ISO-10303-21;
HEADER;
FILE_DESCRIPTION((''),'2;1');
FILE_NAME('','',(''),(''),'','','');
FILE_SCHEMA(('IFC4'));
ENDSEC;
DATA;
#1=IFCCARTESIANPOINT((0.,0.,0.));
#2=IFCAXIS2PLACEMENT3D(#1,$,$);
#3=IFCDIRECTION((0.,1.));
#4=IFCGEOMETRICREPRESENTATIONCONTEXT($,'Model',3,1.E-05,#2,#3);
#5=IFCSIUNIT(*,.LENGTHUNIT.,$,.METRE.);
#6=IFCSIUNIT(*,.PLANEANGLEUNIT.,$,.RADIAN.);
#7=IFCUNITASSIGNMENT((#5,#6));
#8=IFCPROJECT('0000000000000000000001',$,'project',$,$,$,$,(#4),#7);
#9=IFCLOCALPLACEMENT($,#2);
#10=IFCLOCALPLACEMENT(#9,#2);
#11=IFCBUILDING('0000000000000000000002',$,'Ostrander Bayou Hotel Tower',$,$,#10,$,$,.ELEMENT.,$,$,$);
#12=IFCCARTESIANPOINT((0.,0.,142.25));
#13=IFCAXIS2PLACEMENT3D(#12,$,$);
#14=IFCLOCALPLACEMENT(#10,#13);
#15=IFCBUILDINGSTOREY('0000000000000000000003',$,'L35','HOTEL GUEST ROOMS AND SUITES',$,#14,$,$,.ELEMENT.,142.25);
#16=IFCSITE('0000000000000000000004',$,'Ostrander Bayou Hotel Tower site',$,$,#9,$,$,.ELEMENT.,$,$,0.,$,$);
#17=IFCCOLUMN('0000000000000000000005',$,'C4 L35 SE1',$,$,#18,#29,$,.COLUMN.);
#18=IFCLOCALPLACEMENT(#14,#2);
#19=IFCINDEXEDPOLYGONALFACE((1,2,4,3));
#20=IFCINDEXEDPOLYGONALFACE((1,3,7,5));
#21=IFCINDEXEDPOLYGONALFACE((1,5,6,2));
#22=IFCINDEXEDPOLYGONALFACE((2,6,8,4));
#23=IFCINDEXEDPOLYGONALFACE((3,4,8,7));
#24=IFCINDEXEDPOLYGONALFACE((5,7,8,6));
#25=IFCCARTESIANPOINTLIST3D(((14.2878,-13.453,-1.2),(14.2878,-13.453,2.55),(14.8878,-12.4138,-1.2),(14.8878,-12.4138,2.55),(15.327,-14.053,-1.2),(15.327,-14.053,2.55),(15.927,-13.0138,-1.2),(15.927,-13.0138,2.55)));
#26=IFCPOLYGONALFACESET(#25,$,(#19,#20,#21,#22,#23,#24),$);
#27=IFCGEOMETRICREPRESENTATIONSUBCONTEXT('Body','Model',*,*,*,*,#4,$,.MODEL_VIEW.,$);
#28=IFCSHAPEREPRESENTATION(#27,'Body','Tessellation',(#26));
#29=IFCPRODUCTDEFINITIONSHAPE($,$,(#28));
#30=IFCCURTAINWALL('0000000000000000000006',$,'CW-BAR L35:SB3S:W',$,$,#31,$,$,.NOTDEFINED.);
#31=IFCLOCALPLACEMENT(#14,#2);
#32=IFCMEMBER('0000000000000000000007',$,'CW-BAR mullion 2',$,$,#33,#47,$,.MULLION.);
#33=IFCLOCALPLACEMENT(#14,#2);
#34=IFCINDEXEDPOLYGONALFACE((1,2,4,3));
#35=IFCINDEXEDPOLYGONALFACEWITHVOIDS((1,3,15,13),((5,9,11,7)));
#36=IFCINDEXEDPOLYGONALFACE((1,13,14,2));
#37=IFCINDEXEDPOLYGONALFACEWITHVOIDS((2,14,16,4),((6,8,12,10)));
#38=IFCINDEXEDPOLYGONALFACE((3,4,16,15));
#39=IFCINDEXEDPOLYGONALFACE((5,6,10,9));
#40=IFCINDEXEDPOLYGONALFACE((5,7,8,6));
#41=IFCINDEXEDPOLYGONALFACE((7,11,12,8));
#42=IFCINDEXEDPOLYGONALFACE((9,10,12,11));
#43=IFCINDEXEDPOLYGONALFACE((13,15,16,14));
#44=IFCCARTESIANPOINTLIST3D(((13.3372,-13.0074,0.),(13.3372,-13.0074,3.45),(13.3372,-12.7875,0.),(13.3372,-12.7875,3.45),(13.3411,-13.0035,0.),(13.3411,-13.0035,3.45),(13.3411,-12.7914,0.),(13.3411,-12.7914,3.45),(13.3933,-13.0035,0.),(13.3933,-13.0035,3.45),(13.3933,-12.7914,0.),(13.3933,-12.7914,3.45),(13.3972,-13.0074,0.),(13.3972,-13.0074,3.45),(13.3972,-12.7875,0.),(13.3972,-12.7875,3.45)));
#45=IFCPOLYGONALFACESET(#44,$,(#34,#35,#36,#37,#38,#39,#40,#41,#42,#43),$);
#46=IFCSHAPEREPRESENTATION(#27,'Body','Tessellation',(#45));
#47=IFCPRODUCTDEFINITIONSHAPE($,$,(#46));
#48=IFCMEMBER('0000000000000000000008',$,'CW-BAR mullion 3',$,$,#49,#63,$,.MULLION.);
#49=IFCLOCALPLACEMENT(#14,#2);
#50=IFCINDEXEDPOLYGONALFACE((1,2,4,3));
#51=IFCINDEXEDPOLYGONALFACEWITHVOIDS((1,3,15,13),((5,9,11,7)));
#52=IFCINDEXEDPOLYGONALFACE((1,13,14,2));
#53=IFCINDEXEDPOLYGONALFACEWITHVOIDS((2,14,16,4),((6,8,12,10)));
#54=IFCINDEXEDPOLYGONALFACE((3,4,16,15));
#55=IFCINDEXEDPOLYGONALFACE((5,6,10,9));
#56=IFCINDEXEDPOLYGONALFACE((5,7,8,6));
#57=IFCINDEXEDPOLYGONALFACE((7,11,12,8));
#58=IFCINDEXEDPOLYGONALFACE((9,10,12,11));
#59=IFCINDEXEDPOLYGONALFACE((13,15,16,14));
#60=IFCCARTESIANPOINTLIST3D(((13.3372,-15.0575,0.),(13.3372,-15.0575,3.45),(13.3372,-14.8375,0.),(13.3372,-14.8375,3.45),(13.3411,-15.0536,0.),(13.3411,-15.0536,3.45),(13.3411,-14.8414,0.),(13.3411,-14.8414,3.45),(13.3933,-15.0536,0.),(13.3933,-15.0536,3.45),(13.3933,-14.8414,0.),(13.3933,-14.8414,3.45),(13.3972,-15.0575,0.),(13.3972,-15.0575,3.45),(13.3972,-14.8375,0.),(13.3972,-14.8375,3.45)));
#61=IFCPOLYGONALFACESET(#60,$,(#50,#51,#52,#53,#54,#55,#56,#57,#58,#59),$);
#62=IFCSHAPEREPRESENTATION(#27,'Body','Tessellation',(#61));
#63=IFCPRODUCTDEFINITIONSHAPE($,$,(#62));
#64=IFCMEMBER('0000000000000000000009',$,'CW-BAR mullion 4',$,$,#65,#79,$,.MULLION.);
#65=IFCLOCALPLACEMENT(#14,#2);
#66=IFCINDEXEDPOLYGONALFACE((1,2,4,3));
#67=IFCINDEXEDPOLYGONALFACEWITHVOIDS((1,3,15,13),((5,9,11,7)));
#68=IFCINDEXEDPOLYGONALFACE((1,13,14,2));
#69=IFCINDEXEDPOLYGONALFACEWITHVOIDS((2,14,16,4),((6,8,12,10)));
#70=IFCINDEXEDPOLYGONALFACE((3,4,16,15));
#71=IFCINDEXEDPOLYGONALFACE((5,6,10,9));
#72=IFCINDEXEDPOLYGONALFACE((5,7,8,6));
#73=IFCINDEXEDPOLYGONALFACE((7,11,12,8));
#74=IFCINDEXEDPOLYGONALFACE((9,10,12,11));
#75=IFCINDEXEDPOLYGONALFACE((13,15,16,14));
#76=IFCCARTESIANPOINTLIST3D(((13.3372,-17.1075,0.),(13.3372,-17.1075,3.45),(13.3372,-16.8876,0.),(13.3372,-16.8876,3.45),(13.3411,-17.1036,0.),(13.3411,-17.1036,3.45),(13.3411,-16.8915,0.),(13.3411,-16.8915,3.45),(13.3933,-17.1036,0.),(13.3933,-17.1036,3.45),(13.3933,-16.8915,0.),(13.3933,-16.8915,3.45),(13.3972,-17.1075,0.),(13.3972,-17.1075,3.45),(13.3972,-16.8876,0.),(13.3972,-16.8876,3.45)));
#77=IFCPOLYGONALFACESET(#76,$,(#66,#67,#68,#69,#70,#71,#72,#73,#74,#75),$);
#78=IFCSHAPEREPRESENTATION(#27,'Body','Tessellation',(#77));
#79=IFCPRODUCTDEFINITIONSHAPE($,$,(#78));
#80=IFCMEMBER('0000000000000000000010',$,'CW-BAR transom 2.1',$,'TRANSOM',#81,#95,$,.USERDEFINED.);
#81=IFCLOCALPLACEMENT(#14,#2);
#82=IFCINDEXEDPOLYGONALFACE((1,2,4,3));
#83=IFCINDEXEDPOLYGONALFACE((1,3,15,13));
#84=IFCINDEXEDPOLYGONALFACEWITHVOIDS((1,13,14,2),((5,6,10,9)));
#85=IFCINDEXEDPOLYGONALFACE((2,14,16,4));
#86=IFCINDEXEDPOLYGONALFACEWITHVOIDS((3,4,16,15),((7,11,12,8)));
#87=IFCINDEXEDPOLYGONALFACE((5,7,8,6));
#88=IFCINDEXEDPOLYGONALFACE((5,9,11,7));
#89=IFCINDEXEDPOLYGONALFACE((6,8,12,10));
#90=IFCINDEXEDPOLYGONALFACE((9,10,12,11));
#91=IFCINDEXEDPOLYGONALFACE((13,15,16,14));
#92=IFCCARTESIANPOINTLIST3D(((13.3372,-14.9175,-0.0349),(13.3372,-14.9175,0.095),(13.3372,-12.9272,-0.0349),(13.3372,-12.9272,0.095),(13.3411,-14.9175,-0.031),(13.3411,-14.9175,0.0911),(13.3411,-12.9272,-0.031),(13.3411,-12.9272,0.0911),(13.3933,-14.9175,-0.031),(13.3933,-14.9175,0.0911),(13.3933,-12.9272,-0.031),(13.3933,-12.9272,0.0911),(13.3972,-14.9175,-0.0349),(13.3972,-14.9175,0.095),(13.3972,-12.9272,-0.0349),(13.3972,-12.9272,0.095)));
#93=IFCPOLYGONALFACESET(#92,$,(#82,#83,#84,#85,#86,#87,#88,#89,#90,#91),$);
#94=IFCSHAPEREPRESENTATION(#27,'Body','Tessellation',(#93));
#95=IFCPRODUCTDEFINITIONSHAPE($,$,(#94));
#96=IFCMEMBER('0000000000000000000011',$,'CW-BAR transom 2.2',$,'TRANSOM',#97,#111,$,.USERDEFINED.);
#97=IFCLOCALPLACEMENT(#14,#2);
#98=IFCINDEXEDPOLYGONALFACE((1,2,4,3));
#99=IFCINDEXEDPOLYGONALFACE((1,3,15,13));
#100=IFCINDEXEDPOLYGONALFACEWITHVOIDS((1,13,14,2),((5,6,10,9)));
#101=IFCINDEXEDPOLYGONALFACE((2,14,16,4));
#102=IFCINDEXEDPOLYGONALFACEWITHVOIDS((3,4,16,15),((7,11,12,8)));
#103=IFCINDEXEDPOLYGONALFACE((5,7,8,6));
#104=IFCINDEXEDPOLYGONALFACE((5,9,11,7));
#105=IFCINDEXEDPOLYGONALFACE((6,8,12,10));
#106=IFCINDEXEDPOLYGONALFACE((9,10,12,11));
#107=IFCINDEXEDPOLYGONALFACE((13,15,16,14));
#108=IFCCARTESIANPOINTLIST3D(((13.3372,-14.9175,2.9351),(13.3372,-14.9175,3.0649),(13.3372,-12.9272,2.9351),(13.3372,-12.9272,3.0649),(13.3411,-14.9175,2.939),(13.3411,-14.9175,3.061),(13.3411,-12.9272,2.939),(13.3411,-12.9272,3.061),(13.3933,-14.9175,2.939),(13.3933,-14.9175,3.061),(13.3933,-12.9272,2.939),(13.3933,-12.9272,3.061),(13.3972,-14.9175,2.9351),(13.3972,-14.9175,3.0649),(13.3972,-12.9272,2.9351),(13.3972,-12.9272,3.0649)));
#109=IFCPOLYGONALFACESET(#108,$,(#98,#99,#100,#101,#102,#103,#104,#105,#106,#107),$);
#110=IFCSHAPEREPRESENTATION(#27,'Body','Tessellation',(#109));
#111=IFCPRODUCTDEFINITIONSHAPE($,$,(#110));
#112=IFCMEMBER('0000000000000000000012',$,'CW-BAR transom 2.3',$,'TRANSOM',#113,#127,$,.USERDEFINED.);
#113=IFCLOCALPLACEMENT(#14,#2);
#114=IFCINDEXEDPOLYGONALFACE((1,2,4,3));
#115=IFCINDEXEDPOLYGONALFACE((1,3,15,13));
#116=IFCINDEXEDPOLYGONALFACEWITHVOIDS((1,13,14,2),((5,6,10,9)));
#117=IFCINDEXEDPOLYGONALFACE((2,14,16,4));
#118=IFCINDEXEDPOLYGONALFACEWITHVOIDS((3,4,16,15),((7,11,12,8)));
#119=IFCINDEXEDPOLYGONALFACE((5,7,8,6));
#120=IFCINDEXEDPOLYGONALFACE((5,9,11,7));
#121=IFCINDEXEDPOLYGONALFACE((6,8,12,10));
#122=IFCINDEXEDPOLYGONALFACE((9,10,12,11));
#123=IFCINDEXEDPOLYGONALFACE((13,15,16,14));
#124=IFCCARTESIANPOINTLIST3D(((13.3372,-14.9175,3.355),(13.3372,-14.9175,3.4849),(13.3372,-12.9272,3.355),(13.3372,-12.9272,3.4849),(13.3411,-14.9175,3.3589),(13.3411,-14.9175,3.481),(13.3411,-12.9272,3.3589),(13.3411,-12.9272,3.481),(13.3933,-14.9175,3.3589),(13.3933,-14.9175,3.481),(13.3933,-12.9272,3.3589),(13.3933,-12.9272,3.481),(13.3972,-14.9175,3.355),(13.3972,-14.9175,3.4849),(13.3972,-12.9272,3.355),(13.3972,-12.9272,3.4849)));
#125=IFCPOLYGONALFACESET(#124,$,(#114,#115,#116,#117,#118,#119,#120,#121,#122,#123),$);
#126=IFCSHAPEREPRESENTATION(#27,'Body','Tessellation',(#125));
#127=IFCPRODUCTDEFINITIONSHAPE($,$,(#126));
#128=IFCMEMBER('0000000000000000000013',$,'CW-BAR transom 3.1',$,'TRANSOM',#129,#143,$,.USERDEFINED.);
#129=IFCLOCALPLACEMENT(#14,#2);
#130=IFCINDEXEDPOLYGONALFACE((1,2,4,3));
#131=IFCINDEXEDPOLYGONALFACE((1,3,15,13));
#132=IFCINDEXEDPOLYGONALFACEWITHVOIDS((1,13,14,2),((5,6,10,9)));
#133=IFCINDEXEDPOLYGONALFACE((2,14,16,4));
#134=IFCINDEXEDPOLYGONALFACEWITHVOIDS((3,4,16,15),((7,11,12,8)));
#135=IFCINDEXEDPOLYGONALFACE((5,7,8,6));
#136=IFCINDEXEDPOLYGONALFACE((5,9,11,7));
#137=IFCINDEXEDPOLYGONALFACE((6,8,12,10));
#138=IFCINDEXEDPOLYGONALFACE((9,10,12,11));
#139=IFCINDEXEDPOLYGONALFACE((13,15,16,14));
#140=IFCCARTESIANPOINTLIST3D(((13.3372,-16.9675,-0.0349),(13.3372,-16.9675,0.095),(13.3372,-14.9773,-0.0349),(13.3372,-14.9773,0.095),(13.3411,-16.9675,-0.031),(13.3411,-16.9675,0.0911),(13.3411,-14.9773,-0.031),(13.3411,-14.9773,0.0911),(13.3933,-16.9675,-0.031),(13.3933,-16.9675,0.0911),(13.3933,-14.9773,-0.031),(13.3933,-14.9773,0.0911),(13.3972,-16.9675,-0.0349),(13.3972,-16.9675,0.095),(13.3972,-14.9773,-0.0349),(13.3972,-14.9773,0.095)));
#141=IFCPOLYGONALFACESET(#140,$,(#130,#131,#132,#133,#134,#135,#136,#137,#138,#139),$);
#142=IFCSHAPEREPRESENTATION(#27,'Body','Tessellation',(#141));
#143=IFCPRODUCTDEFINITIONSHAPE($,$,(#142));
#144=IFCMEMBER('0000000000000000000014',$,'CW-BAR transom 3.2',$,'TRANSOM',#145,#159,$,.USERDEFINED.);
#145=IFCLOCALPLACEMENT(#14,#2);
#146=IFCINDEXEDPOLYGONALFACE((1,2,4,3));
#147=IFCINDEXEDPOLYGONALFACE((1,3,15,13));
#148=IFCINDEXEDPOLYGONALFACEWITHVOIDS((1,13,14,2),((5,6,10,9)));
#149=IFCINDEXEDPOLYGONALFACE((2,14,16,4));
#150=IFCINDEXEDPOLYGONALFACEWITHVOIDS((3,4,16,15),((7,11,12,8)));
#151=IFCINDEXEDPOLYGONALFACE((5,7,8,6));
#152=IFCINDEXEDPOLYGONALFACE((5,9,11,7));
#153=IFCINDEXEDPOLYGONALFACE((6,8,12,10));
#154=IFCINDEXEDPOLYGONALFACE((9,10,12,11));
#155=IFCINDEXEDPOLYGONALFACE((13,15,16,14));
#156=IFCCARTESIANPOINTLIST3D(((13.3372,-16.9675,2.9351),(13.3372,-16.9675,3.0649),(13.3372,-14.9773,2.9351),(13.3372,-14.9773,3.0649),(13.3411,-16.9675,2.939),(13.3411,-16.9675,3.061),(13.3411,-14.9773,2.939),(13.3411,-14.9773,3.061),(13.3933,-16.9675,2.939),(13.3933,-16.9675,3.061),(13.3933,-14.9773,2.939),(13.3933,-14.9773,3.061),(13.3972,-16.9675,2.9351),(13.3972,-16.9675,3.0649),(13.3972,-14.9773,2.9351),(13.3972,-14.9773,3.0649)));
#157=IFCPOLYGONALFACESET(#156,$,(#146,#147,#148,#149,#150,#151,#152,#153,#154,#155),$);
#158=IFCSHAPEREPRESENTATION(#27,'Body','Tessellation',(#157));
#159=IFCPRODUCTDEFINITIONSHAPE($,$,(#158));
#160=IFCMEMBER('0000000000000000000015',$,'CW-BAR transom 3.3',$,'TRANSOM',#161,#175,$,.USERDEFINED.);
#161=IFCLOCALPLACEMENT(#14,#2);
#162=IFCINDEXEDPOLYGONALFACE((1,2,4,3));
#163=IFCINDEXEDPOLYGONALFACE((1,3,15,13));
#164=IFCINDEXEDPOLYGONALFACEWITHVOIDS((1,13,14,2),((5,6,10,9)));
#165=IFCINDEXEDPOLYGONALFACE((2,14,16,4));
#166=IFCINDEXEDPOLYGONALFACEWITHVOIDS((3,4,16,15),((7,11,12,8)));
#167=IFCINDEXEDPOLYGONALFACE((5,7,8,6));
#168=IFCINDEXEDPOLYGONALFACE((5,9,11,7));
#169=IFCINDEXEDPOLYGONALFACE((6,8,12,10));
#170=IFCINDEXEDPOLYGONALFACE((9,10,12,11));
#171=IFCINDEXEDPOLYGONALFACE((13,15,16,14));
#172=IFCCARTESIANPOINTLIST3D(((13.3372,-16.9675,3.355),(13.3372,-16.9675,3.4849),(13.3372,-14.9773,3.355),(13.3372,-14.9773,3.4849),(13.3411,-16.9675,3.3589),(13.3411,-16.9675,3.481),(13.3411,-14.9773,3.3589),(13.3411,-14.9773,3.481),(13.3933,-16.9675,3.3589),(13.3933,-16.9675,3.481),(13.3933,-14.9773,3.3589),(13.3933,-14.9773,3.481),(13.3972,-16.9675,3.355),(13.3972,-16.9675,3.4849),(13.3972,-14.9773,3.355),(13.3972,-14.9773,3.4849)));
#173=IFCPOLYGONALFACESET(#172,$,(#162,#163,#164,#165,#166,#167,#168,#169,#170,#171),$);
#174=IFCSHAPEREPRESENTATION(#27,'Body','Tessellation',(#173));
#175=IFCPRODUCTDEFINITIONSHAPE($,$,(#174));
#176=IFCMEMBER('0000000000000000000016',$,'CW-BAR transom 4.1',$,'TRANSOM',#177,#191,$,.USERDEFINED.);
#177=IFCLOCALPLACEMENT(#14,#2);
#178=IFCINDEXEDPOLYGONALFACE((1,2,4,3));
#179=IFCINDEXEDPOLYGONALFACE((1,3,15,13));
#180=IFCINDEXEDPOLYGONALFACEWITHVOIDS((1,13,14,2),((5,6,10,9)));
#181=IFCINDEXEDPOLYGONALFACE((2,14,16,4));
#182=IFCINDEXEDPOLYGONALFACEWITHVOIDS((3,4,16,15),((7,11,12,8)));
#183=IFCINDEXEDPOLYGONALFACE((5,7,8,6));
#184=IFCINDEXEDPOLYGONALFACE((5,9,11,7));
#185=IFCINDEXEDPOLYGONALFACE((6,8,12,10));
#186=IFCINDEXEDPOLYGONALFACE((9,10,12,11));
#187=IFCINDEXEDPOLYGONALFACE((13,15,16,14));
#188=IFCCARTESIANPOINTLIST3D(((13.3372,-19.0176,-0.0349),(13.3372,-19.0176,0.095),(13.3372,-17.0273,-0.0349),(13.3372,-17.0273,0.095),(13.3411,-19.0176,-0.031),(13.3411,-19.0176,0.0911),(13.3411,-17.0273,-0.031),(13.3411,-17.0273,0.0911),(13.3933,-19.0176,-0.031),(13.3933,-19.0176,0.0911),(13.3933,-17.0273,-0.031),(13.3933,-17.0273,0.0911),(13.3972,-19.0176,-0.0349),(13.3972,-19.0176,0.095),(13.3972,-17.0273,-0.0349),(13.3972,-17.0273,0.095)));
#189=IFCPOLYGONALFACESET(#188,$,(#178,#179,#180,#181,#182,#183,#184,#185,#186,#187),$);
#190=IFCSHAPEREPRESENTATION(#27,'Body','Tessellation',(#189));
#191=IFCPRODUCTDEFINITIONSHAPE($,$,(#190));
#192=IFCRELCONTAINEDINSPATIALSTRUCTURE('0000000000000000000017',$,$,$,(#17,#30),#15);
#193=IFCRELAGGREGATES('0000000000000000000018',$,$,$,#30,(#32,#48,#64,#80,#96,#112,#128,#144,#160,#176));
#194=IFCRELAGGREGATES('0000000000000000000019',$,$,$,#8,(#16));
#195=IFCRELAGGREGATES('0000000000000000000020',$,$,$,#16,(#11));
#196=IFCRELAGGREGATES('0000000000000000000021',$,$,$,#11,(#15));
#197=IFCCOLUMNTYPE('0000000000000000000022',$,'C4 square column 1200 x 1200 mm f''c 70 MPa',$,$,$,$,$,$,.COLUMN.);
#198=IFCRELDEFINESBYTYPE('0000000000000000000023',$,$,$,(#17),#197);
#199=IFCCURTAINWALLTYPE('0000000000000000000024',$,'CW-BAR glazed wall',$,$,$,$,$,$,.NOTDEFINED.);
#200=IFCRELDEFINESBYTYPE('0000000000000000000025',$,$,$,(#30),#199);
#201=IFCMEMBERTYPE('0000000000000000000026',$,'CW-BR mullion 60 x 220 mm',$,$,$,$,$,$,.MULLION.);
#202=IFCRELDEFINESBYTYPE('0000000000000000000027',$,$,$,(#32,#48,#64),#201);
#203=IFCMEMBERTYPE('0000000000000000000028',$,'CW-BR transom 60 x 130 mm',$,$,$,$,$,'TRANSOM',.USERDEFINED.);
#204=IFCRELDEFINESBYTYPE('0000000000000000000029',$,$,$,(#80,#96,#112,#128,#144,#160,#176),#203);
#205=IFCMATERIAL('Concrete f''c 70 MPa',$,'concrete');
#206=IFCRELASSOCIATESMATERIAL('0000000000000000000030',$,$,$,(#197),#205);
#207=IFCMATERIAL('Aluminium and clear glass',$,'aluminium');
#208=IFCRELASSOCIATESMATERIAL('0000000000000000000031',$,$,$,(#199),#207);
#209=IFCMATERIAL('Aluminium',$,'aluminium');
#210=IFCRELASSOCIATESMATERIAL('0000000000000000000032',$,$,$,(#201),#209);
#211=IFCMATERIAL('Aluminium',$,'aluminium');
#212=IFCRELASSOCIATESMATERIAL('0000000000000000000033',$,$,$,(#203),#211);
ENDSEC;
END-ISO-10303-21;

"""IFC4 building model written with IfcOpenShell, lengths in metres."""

from ifc_helpers import new_model, si_unit, direction, frame, origin, origin_2d, place, context, subcontext, project, spatial, rectangle, hollow_rectangle, extrude, material, material_profile, profile_set, type_object, element, aggregate, save


model = new_model("IFC4")

# Units and contexts
model_context = context("Model", 3, precision=1e-05, world=origin(), true_north=direction((0.0, 1.0)))
body_context = subcontext(model_context, "Body", "Model", "MODEL_VIEW")
ifc_project = project(units=[si_unit("LENGTHUNIT", "METRE"), si_unit("PLANEANGLEUNIT", "RADIAN")], contexts=[model_context])

# Site, building, storey
site_placement = place(None, origin())
site = spatial("IfcSite", under=ifc_project, at=site_placement, Name="Ostrander Bayou Hotel Tower site", CompositionType="ELEMENT", RefElevation=0.0)
building_placement = place(site_placement, origin())
building = spatial("IfcBuilding", under=site, at=building_placement, Name="Ostrander Bayou Hotel Tower", CompositionType="ELEMENT")
storey_placement = place(building_placement, frame((0.0, 0.0, 142.25)))
storey = spatial("IfcBuildingStorey", under=building, at=storey_placement, Name="L35", Description="HOTEL GUEST ROOMS AND SUITES", CompositionType="ELEMENT", Elevation=142.25)

# Column
ifc_material_1 = material(Name="Concrete f'c 70 MPa", Category="concrete")
ifc_material_profile_1 = material_profile(ifc_material_1, rectangle(XDim=1.2, YDim=1.2, at=origin_2d()))
ifc_profile_set_1 = profile_set([ifc_material_profile_1], Name="Concrete f'c 70 MPa")
column_type = type_object("IfcColumnType", Name="C4 square column 1200 x 1200 mm f'c 70 MPa", PredefinedType="COLUMN", material=ifc_profile_set_1)
column_placement = place(storey_placement, frame((15.1074, -13.2334, -1.2), z_axis=(0.0, 0.0, 1.0), x_axis=(-0.5, -0.866025, 0.0)))
element("IfcColumn", 1, at=column_placement, inside=storey, type_object=column_type, Name="C4 L35 SE1", PredefinedType="COLUMN", context=body_context, shape_type="SweptSolid", body=[
    extrude(rectangle(XDim=1.2, YDim=1.2, at=origin_2d()), origin(), (0.0, 0.0, 1.0), 3.75),
])

# Curtain wall, members
ifc_material_2 = material(Name="Aluminium and clear glass", Category="aluminium")
curtain_wall_type = type_object("IfcCurtainWallType", Name="CW-BAR glazed wall", PredefinedType="NOTDEFINED", material=ifc_material_2)
curtain_wall_placement = place(storey_placement, origin())
curtain_wall = element("IfcCurtainWall", 2, at=curtain_wall_placement, inside=storey, type_object=curtain_wall_type, Name="CW-BAR L35:SB3S:W", PredefinedType="NOTDEFINED")
ifc_material_3 = material(Name="Aluminium", Category="aluminium")
ifc_material_profile_2 = material_profile(ifc_material_3, hollow_rectangle(XDim=0.0601, YDim=0.22, WallThickness=0.0039, at=origin_2d()))
ifc_profile_set_2 = profile_set([ifc_material_profile_2], Name="Aluminium")
member_type_1 = type_object("IfcMemberType", Name="CW-BR mullion 60 x 220 mm", PredefinedType="MULLION", material=ifc_profile_set_2)
member_1_placement = place(storey_placement, frame((13.3672, -12.8975, 0.0), z_axis=(0.0, 0.0, 1.0), x_axis=(1.0, 0.0, 0.0)))
member_1 = element("IfcMember", 3, at=member_1_placement, type_object=member_type_1, Name="CW-BAR mullion 2", PredefinedType="MULLION", context=body_context, shape_type="SweptSolid", body=[
    extrude(hollow_rectangle(XDim=0.0601, YDim=0.22, WallThickness=0.0039, at=origin_2d()), origin(), (0.0, 0.0, 1.0), 3.45),
])
member_2_placement = place(storey_placement, frame((13.3672, -14.9475, 0.0), z_axis=(0.0, 0.0, 1.0), x_axis=(1.0, 0.0, 0.0)))
member_2 = element("IfcMember", 4, at=member_2_placement, type_object=member_type_1, Name="CW-BAR mullion 3", PredefinedType="MULLION", context=body_context, shape_type="SweptSolid", body=[
    extrude(hollow_rectangle(XDim=0.0601, YDim=0.22, WallThickness=0.0039, at=origin_2d()), origin(), (0.0, 0.0, 1.0), 3.45),
])
member_3_placement = place(storey_placement, frame((13.3672, -16.9976, 0.0), z_axis=(0.0, 0.0, 1.0), x_axis=(1.0, 0.0, 0.0)))
member_3 = element("IfcMember", 5, at=member_3_placement, type_object=member_type_1, Name="CW-BAR mullion 4", PredefinedType="MULLION", context=body_context, shape_type="SweptSolid", body=[
    extrude(hollow_rectangle(XDim=0.0601, YDim=0.22, WallThickness=0.0039, at=origin_2d()), origin(), (0.0, 0.0, 1.0), 3.45),
])
ifc_material_4 = material(Name="Aluminium", Category="aluminium")
ifc_material_profile_3 = material_profile(ifc_material_4, hollow_rectangle(XDim=0.0601, YDim=0.1299, WallThickness=0.0039, at=origin_2d()))
ifc_profile_set_3 = profile_set([ifc_material_profile_3], Name="Aluminium")
member_type_2 = type_object("IfcMemberType", Name="CW-BR transom 60 x 130 mm", ElementType="TRANSOM", PredefinedType="USERDEFINED", material=ifc_profile_set_3)
member_4_placement = place(storey_placement, frame((13.3672, -12.9272, 0.03), z_axis=(0.0, -1.0, 0.0), x_axis=(1.0, 0.0, 0.0)))
member_4 = element("IfcMember", 6, at=member_4_placement, type_object=member_type_2, Name="CW-BAR transom 2.1", ObjectType="TRANSOM", PredefinedType="USERDEFINED", context=body_context, shape_type="SweptSolid", body=[
    extrude(hollow_rectangle(XDim=0.0601, YDim=0.1299, WallThickness=0.0039, at=origin_2d()), origin(), (0.0, 0.0, 1.0), 1.9902),
])
member_5_placement = place(storey_placement, frame((13.3672, -12.9272, 3.0), z_axis=(0.0, -1.0, 0.0), x_axis=(1.0, 0.0, 0.0)))
member_5 = element("IfcMember", 7, at=member_5_placement, type_object=member_type_2, Name="CW-BAR transom 2.2", ObjectType="TRANSOM", PredefinedType="USERDEFINED", context=body_context, shape_type="SweptSolid", body=[
    extrude(hollow_rectangle(XDim=0.0601, YDim=0.1299, WallThickness=0.0039, at=origin_2d()), origin(), (0.0, 0.0, 1.0), 1.9902),
])
member_6_placement = place(storey_placement, frame((13.3672, -12.9272, 3.4199), z_axis=(0.0, -1.0, 0.0), x_axis=(1.0, 0.0, 0.0)))
member_6 = element("IfcMember", 8, at=member_6_placement, type_object=member_type_2, Name="CW-BAR transom 2.3", ObjectType="TRANSOM", PredefinedType="USERDEFINED", context=body_context, shape_type="SweptSolid", body=[
    extrude(hollow_rectangle(XDim=0.0601, YDim=0.1299, WallThickness=0.0039, at=origin_2d()), origin(), (0.0, 0.0, 1.0), 1.9902),
])
member_7_placement = place(storey_placement, frame((13.3672, -14.9773, 0.03), z_axis=(0.0, -1.0, 0.0), x_axis=(1.0, 0.0, 0.0)))
member_7 = element("IfcMember", 9, at=member_7_placement, type_object=member_type_2, Name="CW-BAR transom 3.1", ObjectType="TRANSOM", PredefinedType="USERDEFINED", context=body_context, shape_type="SweptSolid", body=[
    extrude(hollow_rectangle(XDim=0.0601, YDim=0.1299, WallThickness=0.0039, at=origin_2d()), origin(), (0.0, 0.0, 1.0), 1.9902),
])
member_8_placement = place(storey_placement, frame((13.3672, -14.9773, 3.0), z_axis=(0.0, -1.0, 0.0), x_axis=(1.0, 0.0, 0.0)))
member_8 = element("IfcMember", 10, at=member_8_placement, type_object=member_type_2, Name="CW-BAR transom 3.2", ObjectType="TRANSOM", PredefinedType="USERDEFINED", context=body_context, shape_type="SweptSolid", body=[
    extrude(hollow_rectangle(XDim=0.0601, YDim=0.1299, WallThickness=0.0039, at=origin_2d()), origin(), (0.0, 0.0, 1.0), 1.9902),
])
member_9_placement = place(storey_placement, frame((13.3672, -14.9773, 3.4199), z_axis=(0.0, -1.0, 0.0), x_axis=(1.0, 0.0, 0.0)))
member_9 = element("IfcMember", 11, at=member_9_placement, type_object=member_type_2, Name="CW-BAR transom 3.3", ObjectType="TRANSOM", PredefinedType="USERDEFINED", context=body_context, shape_type="SweptSolid", body=[
    extrude(hollow_rectangle(XDim=0.0601, YDim=0.1299, WallThickness=0.0039, at=origin_2d()), origin(), (0.0, 0.0, 1.0), 1.9902),
])
member_10_placement = place(storey_placement, frame((13.3672, -17.0273, 0.03), z_axis=(0.0, -1.0, 0.0), x_axis=(1.0, 0.0, 0.0)))
member_10 = element("IfcMember", 12, at=member_10_placement, type_object=member_type_2, Name="CW-BAR transom 4.1", ObjectType="TRANSOM", PredefinedType="USERDEFINED", context=body_context, shape_type="SweptSolid", body=[
    extrude(hollow_rectangle(XDim=0.0601, YDim=0.1299, WallThickness=0.0039, at=origin_2d()), origin(), (0.0, 0.0, 1.0), 1.9902),
])

aggregate(curtain_wall, [member_1, member_2, member_3, member_4, member_5, member_6, member_7, member_8, member_9, member_10])

save(model, "model.ifc")
